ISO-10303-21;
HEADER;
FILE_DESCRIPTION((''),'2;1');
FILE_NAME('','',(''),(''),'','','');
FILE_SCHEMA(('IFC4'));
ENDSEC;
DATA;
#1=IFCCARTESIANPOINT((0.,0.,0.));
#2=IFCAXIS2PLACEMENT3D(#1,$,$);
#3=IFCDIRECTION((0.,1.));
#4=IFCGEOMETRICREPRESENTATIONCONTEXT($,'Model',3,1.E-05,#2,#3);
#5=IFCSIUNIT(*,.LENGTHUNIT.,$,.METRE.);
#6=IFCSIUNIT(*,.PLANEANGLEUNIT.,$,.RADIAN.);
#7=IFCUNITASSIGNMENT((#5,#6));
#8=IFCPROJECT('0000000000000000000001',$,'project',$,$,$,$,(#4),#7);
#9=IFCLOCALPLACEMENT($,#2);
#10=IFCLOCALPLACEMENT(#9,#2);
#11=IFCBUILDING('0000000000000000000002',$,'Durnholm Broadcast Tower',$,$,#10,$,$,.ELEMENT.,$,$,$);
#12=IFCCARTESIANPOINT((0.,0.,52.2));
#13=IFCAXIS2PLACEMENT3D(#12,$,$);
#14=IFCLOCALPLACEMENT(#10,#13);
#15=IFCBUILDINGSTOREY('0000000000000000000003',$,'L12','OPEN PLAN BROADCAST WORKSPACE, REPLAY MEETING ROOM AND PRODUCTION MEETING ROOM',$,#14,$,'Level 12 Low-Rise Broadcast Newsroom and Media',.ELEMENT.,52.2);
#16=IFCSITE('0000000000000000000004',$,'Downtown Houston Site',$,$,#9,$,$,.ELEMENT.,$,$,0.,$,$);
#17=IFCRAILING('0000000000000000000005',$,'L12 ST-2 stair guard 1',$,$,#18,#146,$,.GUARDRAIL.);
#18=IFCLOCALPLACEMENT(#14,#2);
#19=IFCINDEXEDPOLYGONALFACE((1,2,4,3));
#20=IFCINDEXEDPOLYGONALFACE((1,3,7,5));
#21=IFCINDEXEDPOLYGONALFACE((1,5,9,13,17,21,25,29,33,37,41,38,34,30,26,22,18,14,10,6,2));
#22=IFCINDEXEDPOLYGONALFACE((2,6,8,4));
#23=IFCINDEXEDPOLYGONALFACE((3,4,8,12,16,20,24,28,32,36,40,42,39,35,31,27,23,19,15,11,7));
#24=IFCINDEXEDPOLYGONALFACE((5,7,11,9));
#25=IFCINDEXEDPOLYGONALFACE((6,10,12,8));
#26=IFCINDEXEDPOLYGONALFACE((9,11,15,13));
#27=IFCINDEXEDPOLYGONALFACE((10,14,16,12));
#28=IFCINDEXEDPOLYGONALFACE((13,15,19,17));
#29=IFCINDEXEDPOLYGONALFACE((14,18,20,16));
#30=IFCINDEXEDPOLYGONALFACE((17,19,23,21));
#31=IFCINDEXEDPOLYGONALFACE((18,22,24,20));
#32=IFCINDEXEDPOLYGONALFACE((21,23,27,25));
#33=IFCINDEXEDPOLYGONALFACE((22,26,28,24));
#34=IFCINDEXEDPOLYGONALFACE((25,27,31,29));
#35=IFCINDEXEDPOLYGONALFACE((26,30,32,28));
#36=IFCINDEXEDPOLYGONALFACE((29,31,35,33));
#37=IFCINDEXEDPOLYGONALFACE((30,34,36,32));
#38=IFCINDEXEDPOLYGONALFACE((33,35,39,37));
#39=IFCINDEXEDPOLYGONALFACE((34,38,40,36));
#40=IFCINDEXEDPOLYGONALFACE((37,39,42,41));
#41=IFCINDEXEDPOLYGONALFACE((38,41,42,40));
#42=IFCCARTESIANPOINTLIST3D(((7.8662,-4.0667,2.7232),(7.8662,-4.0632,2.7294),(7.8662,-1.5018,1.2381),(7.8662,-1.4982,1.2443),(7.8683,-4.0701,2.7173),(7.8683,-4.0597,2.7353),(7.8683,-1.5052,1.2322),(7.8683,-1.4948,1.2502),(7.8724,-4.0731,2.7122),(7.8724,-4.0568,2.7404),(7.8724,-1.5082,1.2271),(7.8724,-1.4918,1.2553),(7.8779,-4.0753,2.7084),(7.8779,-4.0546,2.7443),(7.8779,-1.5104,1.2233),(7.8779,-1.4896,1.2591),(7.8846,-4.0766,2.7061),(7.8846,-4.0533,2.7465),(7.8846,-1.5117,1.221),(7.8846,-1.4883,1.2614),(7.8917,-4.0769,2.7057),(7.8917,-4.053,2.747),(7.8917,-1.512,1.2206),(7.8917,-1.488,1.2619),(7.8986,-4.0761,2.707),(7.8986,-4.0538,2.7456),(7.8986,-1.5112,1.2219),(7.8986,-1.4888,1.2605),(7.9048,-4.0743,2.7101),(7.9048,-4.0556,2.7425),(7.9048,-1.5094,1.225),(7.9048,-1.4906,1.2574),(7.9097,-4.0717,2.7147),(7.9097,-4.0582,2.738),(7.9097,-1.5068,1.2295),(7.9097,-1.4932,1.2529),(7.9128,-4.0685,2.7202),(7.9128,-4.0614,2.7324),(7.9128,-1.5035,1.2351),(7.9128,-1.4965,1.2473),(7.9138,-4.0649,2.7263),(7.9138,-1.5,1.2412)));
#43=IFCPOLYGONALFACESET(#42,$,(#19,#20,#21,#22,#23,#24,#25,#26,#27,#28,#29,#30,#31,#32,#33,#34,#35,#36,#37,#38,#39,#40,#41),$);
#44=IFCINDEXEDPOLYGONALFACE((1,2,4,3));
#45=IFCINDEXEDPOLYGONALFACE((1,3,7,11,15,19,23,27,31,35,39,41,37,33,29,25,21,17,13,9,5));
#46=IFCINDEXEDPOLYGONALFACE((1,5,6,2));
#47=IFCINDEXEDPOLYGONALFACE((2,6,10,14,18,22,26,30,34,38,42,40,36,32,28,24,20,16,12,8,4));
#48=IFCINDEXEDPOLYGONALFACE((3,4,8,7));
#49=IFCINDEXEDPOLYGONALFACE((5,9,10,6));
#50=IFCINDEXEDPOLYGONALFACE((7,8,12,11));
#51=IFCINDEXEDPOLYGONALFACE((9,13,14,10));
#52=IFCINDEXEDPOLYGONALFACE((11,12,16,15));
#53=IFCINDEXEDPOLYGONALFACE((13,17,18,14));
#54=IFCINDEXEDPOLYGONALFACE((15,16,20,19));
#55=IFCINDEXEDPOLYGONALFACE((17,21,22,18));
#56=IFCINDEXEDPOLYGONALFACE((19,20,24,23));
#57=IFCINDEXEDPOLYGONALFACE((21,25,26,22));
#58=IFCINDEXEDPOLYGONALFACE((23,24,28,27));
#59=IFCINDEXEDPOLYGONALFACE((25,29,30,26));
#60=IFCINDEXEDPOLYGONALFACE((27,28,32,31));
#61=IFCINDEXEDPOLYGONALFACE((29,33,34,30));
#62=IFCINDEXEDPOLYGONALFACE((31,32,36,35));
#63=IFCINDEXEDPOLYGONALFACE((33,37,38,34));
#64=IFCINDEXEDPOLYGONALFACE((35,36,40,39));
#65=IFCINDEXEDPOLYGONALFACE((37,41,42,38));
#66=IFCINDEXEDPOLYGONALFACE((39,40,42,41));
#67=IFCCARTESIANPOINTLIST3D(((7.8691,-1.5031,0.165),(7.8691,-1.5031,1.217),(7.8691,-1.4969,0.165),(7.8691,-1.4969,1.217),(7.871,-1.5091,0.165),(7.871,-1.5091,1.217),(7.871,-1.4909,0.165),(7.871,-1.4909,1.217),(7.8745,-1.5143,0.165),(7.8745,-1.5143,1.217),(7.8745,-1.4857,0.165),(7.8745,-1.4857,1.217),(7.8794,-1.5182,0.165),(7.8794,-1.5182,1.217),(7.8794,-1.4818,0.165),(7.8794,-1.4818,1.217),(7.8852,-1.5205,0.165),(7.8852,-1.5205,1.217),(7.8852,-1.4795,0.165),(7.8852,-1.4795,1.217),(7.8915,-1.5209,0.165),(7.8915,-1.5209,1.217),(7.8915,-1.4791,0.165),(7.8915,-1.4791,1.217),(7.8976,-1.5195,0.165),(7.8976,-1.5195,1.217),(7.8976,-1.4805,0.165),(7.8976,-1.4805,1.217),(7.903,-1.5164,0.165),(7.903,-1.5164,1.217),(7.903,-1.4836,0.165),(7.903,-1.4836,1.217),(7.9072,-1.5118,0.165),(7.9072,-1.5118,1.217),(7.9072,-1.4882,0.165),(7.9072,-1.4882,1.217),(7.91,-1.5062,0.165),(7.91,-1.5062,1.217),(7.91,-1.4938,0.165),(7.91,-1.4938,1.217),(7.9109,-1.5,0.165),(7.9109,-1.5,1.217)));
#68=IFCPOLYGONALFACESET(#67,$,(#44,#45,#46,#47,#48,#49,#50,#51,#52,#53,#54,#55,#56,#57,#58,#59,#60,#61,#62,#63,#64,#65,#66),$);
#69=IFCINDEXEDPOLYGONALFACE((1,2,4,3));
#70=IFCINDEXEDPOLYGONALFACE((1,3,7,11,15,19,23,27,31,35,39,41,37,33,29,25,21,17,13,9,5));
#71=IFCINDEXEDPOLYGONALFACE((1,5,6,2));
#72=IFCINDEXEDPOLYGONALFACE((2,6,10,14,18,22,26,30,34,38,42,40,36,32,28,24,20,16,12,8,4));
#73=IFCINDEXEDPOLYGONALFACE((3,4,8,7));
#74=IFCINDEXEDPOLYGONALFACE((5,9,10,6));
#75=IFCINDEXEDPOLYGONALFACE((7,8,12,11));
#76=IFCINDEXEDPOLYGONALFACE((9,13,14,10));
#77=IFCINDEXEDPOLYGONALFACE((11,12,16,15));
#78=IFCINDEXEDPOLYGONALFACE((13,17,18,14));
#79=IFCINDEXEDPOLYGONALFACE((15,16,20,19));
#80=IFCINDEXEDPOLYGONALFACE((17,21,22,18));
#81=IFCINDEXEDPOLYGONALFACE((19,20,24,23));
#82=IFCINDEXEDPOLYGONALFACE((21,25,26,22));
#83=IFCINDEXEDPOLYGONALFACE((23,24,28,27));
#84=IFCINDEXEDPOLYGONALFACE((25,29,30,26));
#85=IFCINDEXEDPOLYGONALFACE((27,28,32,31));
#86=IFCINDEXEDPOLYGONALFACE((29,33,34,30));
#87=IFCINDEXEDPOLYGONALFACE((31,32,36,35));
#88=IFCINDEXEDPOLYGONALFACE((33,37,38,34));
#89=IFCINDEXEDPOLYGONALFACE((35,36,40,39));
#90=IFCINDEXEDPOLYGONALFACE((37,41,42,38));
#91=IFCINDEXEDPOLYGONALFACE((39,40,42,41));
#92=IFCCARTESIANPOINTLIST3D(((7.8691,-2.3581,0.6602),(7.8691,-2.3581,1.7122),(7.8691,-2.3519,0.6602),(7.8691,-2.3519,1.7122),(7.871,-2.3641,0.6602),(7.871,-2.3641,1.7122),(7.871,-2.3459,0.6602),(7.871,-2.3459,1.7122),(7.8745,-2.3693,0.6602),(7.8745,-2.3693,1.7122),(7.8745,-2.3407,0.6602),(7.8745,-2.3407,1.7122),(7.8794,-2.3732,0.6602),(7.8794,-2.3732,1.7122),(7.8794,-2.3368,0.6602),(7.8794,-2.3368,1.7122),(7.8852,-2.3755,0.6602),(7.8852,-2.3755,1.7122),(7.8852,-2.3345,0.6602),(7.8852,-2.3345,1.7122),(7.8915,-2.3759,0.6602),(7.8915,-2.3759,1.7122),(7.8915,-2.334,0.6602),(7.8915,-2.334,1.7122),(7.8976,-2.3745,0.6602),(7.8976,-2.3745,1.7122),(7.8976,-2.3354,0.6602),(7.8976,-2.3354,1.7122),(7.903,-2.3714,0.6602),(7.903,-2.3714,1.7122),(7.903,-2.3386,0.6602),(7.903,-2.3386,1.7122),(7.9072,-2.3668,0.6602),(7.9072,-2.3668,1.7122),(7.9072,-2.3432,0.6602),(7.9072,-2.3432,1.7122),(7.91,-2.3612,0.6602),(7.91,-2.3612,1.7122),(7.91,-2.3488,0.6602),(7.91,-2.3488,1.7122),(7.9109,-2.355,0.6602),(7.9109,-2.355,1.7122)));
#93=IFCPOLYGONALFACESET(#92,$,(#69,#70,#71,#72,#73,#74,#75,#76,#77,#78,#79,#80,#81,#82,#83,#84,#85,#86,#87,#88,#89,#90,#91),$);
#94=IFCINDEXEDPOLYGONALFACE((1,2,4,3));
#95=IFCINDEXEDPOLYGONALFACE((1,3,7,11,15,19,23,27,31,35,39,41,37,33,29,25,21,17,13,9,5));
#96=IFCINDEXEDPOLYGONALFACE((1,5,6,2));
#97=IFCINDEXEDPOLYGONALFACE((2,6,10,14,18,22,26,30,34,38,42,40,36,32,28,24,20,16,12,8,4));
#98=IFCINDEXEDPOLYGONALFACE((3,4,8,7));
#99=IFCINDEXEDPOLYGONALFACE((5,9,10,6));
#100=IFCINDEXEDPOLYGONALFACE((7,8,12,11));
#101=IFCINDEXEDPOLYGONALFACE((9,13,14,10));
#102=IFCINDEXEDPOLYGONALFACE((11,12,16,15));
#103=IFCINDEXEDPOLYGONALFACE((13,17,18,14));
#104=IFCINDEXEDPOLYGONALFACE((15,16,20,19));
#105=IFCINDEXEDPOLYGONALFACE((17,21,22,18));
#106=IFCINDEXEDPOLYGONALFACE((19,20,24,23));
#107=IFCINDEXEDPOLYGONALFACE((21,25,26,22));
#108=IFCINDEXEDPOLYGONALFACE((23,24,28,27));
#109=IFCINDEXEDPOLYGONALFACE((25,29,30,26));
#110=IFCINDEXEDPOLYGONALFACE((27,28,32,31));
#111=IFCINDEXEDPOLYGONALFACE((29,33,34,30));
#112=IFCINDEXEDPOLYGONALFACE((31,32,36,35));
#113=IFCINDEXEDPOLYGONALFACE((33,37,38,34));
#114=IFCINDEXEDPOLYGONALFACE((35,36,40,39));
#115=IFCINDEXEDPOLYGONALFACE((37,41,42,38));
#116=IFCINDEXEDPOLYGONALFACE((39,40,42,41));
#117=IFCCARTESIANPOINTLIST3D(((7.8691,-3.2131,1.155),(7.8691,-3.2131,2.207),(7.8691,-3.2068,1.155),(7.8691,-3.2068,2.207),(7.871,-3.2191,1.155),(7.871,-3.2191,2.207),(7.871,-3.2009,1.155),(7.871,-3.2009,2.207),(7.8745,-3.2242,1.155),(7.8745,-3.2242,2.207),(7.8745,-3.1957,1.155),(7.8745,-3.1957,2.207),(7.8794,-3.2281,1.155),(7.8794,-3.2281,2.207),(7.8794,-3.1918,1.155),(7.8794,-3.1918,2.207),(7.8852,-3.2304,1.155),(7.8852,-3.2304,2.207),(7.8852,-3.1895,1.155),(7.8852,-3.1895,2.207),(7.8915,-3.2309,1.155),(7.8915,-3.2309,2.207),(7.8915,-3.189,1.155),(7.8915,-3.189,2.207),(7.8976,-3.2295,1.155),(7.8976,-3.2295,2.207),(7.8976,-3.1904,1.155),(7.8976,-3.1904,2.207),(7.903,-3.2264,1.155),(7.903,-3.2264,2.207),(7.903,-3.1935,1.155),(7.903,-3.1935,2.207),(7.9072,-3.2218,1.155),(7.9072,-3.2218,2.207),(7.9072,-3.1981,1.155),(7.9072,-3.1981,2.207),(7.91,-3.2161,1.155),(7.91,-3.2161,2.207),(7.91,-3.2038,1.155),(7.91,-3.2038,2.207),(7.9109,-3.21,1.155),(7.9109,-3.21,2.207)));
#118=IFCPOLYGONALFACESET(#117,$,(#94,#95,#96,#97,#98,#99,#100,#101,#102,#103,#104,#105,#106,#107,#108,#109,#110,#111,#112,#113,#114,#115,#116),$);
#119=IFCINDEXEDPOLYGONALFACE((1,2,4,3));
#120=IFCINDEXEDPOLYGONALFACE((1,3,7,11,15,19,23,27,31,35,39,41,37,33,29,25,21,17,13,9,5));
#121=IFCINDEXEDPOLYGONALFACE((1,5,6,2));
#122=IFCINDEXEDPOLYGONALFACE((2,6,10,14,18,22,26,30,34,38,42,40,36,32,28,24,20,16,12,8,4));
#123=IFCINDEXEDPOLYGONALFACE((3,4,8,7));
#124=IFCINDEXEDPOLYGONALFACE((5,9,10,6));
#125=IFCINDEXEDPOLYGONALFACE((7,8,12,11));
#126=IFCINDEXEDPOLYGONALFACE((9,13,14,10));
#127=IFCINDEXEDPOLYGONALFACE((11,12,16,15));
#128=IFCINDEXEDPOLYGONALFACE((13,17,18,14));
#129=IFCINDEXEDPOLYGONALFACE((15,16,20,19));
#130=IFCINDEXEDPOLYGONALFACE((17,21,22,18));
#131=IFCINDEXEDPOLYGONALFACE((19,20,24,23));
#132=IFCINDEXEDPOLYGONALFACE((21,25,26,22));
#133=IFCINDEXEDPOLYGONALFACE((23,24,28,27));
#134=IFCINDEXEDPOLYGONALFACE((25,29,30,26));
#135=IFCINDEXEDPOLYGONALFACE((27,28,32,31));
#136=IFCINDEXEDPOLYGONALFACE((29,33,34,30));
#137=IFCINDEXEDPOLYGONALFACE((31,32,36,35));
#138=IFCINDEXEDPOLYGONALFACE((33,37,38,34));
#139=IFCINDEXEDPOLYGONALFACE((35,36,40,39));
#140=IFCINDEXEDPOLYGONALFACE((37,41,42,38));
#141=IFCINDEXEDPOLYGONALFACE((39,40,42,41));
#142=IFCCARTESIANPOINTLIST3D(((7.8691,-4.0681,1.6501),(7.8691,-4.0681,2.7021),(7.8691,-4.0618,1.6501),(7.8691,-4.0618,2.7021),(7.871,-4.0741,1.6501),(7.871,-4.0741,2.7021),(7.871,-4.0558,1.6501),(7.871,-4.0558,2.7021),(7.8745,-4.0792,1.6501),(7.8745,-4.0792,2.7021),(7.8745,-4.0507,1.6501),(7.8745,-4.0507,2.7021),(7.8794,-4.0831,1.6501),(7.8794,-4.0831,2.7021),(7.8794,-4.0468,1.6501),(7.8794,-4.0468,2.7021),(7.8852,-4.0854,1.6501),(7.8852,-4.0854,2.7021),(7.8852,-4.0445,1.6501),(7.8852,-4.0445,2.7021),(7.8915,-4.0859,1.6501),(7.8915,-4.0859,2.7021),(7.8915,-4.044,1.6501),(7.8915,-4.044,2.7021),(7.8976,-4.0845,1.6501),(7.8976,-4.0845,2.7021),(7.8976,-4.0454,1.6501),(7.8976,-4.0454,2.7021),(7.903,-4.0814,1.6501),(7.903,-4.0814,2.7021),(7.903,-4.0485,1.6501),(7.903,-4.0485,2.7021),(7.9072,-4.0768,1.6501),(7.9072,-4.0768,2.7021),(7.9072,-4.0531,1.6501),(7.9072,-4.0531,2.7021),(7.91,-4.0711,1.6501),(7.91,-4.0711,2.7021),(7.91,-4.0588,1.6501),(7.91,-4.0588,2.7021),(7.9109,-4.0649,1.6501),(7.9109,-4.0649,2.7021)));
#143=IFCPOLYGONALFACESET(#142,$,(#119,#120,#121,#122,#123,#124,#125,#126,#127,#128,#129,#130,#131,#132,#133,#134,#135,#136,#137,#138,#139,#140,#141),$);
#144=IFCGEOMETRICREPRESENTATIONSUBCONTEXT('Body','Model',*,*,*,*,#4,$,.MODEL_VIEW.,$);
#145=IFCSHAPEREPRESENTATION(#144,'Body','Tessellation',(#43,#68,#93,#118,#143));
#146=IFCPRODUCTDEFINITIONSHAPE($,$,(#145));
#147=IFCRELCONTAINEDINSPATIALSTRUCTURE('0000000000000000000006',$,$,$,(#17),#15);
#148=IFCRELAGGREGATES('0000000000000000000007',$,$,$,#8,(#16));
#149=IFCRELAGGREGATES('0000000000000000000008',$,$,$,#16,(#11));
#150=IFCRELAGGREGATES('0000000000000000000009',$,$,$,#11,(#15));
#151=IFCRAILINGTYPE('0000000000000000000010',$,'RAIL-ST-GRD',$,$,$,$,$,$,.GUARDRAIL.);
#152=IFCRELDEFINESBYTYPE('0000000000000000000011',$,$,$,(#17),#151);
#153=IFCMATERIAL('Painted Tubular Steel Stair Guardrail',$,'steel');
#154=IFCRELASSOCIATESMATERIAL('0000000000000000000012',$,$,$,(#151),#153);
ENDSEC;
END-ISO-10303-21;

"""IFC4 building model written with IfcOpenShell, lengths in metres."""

from ifc_helpers import new_model, si_unit, direction, frame, origin, origin_2d, place, context, subcontext, project, spatial, circle, extrude, material, type_object, element, save


model = new_model("IFC4")

# Units and contexts
model_context = context("Model", 3, precision=1e-05, world=origin(), true_north=direction((0.0, 1.0)))
body_context = subcontext(model_context, "Body", "Model", "MODEL_VIEW")
ifc_project = project(units=[si_unit("LENGTHUNIT", "METRE"), si_unit("PLANEANGLEUNIT", "RADIAN")], contexts=[model_context])

# Site, building, storey
site_placement = place(None, origin())
site = spatial("IfcSite", under=ifc_project, at=site_placement, Name="Downtown Houston Site", CompositionType="ELEMENT", RefElevation=0.0)
building_placement = place(site_placement, origin())
building = spatial("IfcBuilding", under=site, at=building_placement, Name="Durnholm Broadcast Tower", CompositionType="ELEMENT")
storey_placement = place(building_placement, frame((0.0, 0.0, 52.2)))
storey = spatial("IfcBuildingStorey", under=building, at=storey_placement, Name="L12", Description="OPEN PLAN BROADCAST WORKSPACE, REPLAY MEETING ROOM AND PRODUCTION MEETING ROOM", LongName="Level 12 Low-Rise Broadcast Newsroom and Media", CompositionType="ELEMENT", Elevation=52.2)

# Railing
ifc_material_1 = material(Name="Painted Tubular Steel Stair Guardrail", Category="steel")
railing_type_1 = type_object("IfcRailingType", Name="RAIL-ST-GRD", PredefinedType="GUARDRAIL", material=ifc_material_1)
railing_1_placement = place(storey_placement, frame((7.8899, -1.5, 0.165)))
element("IfcRailing", 1, at=railing_1_placement, inside=storey, type_object=railing_type_1, Name="L12 ST-2 stair guard 1", PredefinedType="GUARDRAIL", context=body_context, shape_type="SweptSolid", body=[
    extrude(circle(Radius=0.0239, at=origin_2d()), frame((0.0, 0.0, 1.0762), z_axis=(0.0, -0.865406, 0.501072), x_axis=(1.0, 0.0, 0.0)), (0.0, 0.0, 1.0), 2.9639),
    extrude(circle(Radius=0.021, at=origin_2d()), origin(), (0.0, 0.0, 1.0), 1.052),
    extrude(circle(Radius=0.021, at=origin_2d()), frame((0.0, -0.855, 0.4951)), (0.0, 0.0, 1.0), 1.052),
    extrude(circle(Radius=0.021, at=origin_2d()), frame((0.0, -1.71, 0.99)), (0.0, 0.0, 1.0), 1.052),
    extrude(circle(Radius=0.021, at=origin_2d()), frame((0.0, -2.5649, 1.4851)), (0.0, 0.0, 1.0), 1.052),
])

save(model, "model.ifc")
